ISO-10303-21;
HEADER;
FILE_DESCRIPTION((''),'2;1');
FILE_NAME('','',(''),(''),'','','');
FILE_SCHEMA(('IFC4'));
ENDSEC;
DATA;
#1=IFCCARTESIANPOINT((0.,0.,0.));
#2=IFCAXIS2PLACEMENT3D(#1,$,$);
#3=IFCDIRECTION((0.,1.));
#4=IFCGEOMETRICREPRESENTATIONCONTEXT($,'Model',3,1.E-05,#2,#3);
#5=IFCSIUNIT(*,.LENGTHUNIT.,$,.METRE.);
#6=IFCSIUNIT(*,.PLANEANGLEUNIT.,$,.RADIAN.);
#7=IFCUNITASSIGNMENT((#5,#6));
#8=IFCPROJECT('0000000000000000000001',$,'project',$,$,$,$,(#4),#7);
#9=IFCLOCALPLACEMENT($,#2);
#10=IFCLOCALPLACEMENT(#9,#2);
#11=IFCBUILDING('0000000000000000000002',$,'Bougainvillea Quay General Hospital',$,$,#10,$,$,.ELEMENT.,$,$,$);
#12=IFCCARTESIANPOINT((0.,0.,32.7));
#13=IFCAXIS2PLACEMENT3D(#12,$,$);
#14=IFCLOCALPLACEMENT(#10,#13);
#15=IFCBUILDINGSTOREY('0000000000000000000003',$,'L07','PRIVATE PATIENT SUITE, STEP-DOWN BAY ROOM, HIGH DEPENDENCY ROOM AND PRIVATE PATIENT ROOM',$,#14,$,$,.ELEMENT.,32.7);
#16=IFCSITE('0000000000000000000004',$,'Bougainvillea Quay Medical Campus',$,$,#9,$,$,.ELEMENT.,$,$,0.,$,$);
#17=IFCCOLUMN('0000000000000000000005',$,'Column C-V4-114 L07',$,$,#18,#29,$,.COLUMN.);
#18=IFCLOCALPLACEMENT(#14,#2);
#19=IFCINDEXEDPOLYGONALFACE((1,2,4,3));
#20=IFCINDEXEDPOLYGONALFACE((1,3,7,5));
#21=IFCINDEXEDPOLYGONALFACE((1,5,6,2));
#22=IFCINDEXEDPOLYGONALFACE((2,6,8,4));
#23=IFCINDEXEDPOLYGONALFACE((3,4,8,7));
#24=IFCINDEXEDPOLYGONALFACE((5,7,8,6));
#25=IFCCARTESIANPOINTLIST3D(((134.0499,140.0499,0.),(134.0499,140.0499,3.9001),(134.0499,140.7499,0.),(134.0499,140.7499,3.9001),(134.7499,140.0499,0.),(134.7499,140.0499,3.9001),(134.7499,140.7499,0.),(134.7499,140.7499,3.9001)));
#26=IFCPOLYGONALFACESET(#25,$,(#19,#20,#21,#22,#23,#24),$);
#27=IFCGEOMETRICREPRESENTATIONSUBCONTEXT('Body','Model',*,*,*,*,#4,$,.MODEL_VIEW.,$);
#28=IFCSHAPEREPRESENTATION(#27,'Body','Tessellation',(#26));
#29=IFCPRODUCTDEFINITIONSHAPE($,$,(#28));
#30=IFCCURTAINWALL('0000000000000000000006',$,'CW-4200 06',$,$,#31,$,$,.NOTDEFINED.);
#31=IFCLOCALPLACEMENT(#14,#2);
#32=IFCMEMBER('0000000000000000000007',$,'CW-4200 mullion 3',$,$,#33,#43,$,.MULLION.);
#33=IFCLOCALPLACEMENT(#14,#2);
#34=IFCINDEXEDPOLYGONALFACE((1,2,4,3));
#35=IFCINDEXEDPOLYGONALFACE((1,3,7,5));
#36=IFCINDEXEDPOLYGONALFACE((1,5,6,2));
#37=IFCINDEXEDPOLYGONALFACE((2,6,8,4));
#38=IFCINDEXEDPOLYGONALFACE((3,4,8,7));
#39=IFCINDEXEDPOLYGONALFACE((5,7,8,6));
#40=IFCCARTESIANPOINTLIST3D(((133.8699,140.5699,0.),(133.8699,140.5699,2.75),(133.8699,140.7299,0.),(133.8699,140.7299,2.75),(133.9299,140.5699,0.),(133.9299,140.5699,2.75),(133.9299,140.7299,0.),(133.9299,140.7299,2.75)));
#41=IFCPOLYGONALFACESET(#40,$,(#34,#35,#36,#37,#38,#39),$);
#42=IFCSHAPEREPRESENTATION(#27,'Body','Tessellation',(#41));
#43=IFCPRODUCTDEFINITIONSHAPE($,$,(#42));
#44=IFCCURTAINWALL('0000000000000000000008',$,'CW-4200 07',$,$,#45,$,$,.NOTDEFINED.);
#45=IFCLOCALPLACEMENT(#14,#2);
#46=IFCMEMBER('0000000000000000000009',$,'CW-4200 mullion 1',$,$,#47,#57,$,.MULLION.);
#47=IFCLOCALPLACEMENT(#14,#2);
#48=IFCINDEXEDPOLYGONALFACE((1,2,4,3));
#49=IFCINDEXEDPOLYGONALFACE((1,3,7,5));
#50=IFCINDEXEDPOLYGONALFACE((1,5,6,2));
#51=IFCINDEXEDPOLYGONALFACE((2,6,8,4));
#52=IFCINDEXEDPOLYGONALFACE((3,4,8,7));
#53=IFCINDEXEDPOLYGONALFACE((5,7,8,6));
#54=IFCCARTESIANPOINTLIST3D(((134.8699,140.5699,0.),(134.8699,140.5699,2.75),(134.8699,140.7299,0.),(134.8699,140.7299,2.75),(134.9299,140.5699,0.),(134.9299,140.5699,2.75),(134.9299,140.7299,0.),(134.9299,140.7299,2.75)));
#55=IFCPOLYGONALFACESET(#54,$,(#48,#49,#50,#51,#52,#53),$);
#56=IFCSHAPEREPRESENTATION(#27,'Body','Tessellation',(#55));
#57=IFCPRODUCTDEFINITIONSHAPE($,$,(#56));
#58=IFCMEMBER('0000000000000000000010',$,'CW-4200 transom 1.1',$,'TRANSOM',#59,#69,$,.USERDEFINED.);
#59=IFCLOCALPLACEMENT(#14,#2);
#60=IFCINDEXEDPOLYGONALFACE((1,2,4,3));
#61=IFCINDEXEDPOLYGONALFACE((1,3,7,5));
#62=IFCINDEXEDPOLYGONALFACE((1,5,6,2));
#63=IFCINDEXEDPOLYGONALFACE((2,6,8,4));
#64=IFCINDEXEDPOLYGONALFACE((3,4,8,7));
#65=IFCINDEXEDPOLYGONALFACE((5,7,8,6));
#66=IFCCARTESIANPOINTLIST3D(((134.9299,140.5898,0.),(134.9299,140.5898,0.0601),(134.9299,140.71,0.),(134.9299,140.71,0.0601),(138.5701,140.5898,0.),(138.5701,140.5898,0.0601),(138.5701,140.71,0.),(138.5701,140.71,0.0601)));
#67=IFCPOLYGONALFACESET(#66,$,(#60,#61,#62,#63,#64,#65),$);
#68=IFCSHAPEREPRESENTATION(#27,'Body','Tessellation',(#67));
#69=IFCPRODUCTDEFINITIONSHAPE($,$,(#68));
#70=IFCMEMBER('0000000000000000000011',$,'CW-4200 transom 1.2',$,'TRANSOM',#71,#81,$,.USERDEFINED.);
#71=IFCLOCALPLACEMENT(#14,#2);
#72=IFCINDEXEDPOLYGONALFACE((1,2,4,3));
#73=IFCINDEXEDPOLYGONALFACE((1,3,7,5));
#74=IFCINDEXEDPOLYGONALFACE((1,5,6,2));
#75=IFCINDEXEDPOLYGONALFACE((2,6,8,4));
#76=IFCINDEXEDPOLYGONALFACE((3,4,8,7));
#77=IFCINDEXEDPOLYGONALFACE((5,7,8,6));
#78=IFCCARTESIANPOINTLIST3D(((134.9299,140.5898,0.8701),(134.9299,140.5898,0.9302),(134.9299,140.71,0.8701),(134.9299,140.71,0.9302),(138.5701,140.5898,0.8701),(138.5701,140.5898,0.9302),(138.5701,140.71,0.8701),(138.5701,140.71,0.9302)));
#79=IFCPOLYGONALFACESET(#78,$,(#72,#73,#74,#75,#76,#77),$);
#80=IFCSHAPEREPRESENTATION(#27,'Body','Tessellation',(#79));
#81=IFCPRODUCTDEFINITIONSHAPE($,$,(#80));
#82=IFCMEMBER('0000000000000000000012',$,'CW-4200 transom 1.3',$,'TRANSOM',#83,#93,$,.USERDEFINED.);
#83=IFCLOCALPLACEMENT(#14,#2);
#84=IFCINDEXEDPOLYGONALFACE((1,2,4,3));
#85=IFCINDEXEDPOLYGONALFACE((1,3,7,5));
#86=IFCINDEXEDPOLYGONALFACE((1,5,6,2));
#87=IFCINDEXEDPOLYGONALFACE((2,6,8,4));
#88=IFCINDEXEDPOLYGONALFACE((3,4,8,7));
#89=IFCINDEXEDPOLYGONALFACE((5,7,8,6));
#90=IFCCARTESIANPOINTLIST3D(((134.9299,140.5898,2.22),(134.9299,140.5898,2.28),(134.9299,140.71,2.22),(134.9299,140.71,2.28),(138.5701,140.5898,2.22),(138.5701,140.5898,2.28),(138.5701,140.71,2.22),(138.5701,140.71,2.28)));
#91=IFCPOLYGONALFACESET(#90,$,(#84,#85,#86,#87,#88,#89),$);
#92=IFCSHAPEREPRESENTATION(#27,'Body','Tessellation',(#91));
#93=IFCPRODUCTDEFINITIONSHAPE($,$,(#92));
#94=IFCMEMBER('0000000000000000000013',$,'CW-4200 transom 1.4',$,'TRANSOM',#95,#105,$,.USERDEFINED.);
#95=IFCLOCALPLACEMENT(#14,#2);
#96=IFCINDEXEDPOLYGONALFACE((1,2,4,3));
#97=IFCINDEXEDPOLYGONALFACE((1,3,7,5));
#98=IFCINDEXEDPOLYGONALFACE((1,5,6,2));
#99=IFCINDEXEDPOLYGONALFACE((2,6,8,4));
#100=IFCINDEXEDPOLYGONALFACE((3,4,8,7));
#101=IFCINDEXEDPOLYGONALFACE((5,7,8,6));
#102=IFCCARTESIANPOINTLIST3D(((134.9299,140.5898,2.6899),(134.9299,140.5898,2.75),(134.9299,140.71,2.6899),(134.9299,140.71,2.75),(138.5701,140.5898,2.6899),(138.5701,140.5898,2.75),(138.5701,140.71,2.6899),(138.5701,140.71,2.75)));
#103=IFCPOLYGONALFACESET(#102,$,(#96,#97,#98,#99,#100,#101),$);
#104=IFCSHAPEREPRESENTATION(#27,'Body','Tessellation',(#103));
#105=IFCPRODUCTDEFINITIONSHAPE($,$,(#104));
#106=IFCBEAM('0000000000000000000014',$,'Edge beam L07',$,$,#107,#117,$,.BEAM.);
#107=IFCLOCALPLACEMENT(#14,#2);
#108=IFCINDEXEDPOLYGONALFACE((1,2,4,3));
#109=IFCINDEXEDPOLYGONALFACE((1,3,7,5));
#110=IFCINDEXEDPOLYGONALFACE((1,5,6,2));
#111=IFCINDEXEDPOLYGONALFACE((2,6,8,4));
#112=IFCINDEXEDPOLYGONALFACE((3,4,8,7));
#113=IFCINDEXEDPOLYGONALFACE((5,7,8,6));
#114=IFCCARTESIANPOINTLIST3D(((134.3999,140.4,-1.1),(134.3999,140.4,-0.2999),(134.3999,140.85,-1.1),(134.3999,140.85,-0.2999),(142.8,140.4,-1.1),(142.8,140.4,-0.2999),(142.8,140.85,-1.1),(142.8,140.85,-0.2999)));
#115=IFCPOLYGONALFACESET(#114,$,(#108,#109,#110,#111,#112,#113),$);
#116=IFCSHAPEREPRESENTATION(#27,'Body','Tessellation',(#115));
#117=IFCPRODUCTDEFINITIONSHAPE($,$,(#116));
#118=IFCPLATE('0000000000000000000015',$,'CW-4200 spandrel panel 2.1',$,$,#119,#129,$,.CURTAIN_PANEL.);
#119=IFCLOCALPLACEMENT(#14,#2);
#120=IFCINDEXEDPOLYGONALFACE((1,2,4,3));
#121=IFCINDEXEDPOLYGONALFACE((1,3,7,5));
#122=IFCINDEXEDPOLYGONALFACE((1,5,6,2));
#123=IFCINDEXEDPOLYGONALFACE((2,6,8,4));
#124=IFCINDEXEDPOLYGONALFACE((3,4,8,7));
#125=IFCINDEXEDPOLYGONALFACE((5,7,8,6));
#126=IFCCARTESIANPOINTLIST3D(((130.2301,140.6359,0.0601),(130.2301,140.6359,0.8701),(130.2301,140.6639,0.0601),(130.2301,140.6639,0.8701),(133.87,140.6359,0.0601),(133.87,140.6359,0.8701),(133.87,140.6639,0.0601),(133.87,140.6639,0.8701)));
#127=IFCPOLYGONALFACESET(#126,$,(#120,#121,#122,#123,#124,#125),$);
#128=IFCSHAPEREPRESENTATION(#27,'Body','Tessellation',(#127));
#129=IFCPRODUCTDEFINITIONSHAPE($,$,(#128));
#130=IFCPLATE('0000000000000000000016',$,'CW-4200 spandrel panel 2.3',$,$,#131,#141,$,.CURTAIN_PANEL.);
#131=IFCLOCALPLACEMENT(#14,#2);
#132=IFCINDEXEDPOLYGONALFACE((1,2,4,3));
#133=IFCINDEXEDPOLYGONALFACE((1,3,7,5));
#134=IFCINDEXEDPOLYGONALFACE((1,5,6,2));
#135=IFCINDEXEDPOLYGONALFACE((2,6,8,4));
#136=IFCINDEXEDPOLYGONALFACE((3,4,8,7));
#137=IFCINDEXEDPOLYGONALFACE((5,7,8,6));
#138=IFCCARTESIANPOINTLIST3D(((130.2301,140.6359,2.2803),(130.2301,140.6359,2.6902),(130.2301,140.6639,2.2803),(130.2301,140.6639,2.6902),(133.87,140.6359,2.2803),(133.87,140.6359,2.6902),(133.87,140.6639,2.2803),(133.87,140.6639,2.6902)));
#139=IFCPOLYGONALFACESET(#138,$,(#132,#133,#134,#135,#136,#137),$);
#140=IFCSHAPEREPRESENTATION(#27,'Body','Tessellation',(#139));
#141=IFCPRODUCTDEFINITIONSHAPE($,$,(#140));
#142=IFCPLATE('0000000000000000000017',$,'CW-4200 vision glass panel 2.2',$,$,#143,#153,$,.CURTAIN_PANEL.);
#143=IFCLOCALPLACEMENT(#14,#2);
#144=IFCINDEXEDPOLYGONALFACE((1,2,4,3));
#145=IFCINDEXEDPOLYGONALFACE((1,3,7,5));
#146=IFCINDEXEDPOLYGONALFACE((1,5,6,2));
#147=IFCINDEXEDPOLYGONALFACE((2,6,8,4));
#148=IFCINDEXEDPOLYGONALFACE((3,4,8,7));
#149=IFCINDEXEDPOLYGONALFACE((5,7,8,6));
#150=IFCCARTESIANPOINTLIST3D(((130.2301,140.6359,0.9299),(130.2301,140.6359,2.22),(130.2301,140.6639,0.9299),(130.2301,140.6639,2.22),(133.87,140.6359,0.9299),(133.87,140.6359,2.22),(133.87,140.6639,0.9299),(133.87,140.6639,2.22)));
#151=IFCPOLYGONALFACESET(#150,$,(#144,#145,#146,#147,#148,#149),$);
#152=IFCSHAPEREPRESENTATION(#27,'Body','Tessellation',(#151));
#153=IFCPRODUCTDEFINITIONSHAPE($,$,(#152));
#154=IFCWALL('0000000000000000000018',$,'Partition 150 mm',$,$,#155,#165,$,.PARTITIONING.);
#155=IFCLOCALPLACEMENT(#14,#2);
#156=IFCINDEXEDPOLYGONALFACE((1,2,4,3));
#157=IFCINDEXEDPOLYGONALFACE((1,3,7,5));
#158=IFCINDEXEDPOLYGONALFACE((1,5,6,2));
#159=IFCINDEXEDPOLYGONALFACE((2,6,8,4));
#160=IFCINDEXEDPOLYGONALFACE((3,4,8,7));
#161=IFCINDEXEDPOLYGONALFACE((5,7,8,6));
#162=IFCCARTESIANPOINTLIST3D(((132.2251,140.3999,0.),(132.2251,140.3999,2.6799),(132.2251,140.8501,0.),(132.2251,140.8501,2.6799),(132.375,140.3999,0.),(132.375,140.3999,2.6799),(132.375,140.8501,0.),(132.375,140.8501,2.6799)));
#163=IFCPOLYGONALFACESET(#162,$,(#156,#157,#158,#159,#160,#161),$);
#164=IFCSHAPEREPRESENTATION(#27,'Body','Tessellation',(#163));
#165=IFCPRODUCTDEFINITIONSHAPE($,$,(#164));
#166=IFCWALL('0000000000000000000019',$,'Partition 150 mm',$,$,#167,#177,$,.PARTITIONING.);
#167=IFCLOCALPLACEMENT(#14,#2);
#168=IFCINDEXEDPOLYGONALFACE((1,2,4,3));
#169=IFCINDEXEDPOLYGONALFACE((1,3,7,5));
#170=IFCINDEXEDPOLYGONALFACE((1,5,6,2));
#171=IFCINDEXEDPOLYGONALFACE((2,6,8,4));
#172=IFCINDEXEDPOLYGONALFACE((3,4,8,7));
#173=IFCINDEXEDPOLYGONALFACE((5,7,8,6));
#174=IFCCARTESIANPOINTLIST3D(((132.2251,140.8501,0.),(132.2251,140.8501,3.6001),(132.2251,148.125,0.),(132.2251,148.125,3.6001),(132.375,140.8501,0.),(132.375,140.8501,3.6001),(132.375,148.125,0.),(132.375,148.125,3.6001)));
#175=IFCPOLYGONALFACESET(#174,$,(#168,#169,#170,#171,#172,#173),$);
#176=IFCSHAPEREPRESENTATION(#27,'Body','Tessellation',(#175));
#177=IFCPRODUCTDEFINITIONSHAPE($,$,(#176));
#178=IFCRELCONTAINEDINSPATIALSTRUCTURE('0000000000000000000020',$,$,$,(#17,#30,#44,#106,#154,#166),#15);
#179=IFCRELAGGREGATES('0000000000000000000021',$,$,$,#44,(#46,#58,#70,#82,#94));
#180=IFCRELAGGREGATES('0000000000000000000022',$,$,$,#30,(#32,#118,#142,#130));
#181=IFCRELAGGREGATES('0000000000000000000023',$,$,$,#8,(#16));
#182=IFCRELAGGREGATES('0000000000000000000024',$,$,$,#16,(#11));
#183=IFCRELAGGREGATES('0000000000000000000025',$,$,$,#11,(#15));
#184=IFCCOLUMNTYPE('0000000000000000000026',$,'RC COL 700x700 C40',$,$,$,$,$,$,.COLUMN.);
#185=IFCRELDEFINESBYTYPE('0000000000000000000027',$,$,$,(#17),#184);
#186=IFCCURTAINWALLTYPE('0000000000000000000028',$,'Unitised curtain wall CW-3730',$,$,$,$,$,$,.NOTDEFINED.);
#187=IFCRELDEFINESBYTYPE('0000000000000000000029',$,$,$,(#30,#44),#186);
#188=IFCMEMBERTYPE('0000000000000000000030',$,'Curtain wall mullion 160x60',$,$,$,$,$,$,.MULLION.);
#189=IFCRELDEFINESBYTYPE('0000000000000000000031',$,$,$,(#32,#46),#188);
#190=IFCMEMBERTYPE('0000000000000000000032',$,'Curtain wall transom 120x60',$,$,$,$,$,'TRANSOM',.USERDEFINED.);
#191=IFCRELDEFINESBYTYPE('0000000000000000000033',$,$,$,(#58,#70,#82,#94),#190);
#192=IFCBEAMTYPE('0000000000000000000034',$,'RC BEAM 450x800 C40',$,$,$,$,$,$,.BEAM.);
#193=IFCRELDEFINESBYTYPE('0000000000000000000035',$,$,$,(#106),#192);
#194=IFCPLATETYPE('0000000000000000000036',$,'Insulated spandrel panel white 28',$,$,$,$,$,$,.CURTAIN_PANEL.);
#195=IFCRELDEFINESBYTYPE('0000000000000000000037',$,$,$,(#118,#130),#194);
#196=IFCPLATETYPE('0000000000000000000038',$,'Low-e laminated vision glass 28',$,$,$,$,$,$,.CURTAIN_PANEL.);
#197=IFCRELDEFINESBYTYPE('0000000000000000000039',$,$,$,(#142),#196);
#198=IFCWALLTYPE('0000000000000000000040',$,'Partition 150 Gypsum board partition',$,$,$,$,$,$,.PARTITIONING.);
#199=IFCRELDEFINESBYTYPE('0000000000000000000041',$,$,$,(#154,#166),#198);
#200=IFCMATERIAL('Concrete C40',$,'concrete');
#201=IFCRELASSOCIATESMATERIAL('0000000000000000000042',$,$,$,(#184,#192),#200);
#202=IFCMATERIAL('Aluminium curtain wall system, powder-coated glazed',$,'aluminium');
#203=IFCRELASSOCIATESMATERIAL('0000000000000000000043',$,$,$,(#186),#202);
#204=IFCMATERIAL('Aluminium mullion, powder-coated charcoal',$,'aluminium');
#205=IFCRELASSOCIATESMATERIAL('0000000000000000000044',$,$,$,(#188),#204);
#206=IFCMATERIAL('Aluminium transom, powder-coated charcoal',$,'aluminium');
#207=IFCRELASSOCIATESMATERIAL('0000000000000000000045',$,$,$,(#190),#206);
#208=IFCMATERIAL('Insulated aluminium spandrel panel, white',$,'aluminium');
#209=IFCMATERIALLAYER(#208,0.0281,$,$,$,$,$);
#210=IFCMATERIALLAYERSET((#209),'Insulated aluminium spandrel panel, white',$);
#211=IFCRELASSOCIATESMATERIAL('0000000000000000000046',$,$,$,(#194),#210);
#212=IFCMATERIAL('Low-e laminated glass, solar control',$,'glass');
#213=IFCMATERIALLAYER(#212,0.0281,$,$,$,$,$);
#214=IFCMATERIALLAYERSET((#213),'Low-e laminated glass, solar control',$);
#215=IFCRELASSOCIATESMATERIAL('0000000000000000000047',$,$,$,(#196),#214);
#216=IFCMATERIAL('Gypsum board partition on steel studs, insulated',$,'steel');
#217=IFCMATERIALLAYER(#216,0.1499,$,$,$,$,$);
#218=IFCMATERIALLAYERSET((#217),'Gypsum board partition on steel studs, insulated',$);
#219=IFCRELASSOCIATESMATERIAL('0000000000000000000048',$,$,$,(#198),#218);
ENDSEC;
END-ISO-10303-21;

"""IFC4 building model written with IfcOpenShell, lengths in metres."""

from ifc_helpers import new_model, si_unit, direction, frame, frame_2d, origin, origin_2d, place, context, subcontext, project, spatial, rectangle, extrude, material, layer, layer_set, material_profile, profile_set, type_object, element, aggregate, save


model = new_model("IFC4")

# Units and contexts
model_context = context("Model", 3, precision=1e-05, world=origin(), true_north=direction((0.0, 1.0)))
body_context = subcontext(model_context, "Body", "Model", "MODEL_VIEW")
ifc_project = project(units=[si_unit("LENGTHUNIT", "METRE"), si_unit("PLANEANGLEUNIT", "RADIAN")], contexts=[model_context])

# Site, building, storey
site_placement = place(None, origin())
site = spatial("IfcSite", under=ifc_project, at=site_placement, Name="Bougainvillea Quay Medical Campus", CompositionType="ELEMENT", RefElevation=0.0)
building_placement = place(site_placement, origin())
building = spatial("IfcBuilding", under=site, at=building_placement, Name="Bougainvillea Quay General Hospital", CompositionType="ELEMENT")
storey_placement = place(building_placement, frame((0.0, 0.0, 32.7)))
storey = spatial("IfcBuildingStorey", under=building, at=storey_placement, Name="L07", Description="PRIVATE PATIENT SUITE, STEP-DOWN BAY ROOM, HIGH DEPENDENCY ROOM AND PRIVATE PATIENT ROOM", CompositionType="ELEMENT", Elevation=32.7)

# Column
ifc_material_1 = material(Name="Concrete C40", Category="concrete")
ifc_material_profile_1 = material_profile(ifc_material_1, rectangle(XDim=0.7, YDim=0.7, at=origin_2d()))
ifc_profile_set_1 = profile_set([ifc_material_profile_1], Name="Concrete C40")
column_type = type_object("IfcColumnType", Name="RC COL 700x700 C40", PredefinedType="COLUMN", material=ifc_profile_set_1)
column_placement = place(storey_placement, frame((134.3999, 140.3999, 0.0), z_axis=(0.0, 0.0, 1.0), x_axis=(1.0, 0.0, 0.0)))
element("IfcColumn", 1, at=column_placement, inside=storey, type_object=column_type, Name="Column C-V4-114 L07", PredefinedType="COLUMN", context=body_context, shape_type="SweptSolid", body=[
    extrude(rectangle(XDim=0.7, YDim=0.7, at=origin_2d()), origin(), (0.0, 0.0, 1.0), 3.9001),
])

# Curtain wall, member
ifc_material_2 = material(Name="Aluminium curtain wall system, powder-coated glazed", Category="aluminium")
curtain_wall_type = type_object("IfcCurtainWallType", Name="Unitised curtain wall CW-3730", PredefinedType="NOTDEFINED", material=ifc_material_2)
curtain_wall_1_placement = place(storey_placement, origin())
curtain_wall_1 = element("IfcCurtainWall", 2, at=curtain_wall_1_placement, inside=storey, type_object=curtain_wall_type, Name="CW-4200 06", PredefinedType="NOTDEFINED")
ifc_material_3 = material(Name="Aluminium mullion, powder-coated charcoal", Category="aluminium")
ifc_material_profile_2 = material_profile(ifc_material_3, rectangle(XDim=0.1599, YDim=0.0601, at=origin_2d()))
ifc_profile_set_2 = profile_set([ifc_material_profile_2], Name="Aluminium mullion, powder-coated charcoal")
member_type_1 = type_object("IfcMemberType", Name="Curtain wall mullion 160x60", PredefinedType="MULLION", material=ifc_profile_set_2)
member_1_placement = place(storey_placement, frame((133.8999, 140.6499, 0.0), z_axis=(0.0, 0.0, 1.0), x_axis=(0.0, 1.0, 0.0)))
member_1 = element("IfcMember", 3, at=member_1_placement, type_object=member_type_1, Name="CW-4200 mullion 3", PredefinedType="MULLION", context=body_context, shape_type="SweptSolid", body=[
    extrude(rectangle(XDim=0.1599, YDim=0.0601, at=origin_2d()), origin(), (0.0, 0.0, 1.0), 2.75),
])

# Curtain wall, members
curtain_wall_2_placement = place(storey_placement, origin())
curtain_wall_2 = element("IfcCurtainWall", 4, at=curtain_wall_2_placement, inside=storey, type_object=curtain_wall_type, Name="CW-4200 07", PredefinedType="NOTDEFINED")
member_2_placement = place(storey_placement, frame((134.8999, 140.6499, 0.0), z_axis=(0.0, 0.0, 1.0), x_axis=(0.0, 1.0, 0.0)))
member_2 = element("IfcMember", 5, at=member_2_placement, type_object=member_type_1, Name="CW-4200 mullion 1", PredefinedType="MULLION", context=body_context, shape_type="SweptSolid", body=[
    extrude(rectangle(XDim=0.1599, YDim=0.0601, at=origin_2d()), origin(), (0.0, 0.0, 1.0), 2.75),
])
ifc_material_4 = material(Name="Aluminium transom, powder-coated charcoal", Category="aluminium")
ifc_material_profile_3 = material_profile(ifc_material_4, rectangle(XDim=0.1201, YDim=0.0601, at=origin_2d()))
ifc_profile_set_3 = profile_set([ifc_material_profile_3], Name="Aluminium transom, powder-coated charcoal")
member_type_2 = type_object("IfcMemberType", Name="Curtain wall transom 120x60", ElementType="TRANSOM", PredefinedType="USERDEFINED", material=ifc_profile_set_3)
member_3_placement = place(storey_placement, frame((134.9299, 140.6499, 0.03), z_axis=(1.0, 0.0, 0.0), x_axis=(0.0, 1.0, 0.0)))
member_3 = element("IfcMember", 6, at=member_3_placement, type_object=member_type_2, Name="CW-4200 transom 1.1", ObjectType="TRANSOM", PredefinedType="USERDEFINED", context=body_context, shape_type="SweptSolid", body=[
    extrude(rectangle(XDim=0.1201, YDim=0.0601, at=origin_2d()), origin(), (0.0, 0.0, 1.0), 3.6401),
])
member_4_placement = place(storey_placement, frame((134.9299, 140.6499, 0.9001), z_axis=(1.0, 0.0, 0.0), x_axis=(0.0, 1.0, 0.0)))
member_4 = element("IfcMember", 7, at=member_4_placement, type_object=member_type_2, Name="CW-4200 transom 1.2", ObjectType="TRANSOM", PredefinedType="USERDEFINED", context=body_context, shape_type="SweptSolid", body=[
    extrude(rectangle(XDim=0.1201, YDim=0.0601, at=origin_2d()), origin(), (0.0, 0.0, 1.0), 3.6401),
])
member_5_placement = place(storey_placement, frame((134.9299, 140.6499, 2.25), z_axis=(1.0, 0.0, 0.0), x_axis=(0.0, 1.0, 0.0)))
member_5 = element("IfcMember", 8, at=member_5_placement, type_object=member_type_2, Name="CW-4200 transom 1.3", ObjectType="TRANSOM", PredefinedType="USERDEFINED", context=body_context, shape_type="SweptSolid", body=[
    extrude(rectangle(XDim=0.1201, YDim=0.0601, at=origin_2d()), origin(), (0.0, 0.0, 1.0), 3.6401),
])
member_6_placement = place(storey_placement, frame((134.9299, 140.6499, 2.72), z_axis=(1.0, 0.0, 0.0), x_axis=(0.0, 1.0, 0.0)))
member_6 = element("IfcMember", 9, at=member_6_placement, type_object=member_type_2, Name="CW-4200 transom 1.4", ObjectType="TRANSOM", PredefinedType="USERDEFINED", context=body_context, shape_type="SweptSolid", body=[
    extrude(rectangle(XDim=0.1201, YDim=0.0601, at=origin_2d()), origin(), (0.0, 0.0, 1.0), 3.6401),
])
aggregate(curtain_wall_2, [member_2, member_3, member_4, member_5, member_6])

# Beam
ifc_material_profile_4 = material_profile(ifc_material_1, rectangle(XDim=0.45, YDim=0.8, at=origin_2d()))
ifc_profile_set_4 = profile_set([ifc_material_profile_4], Name="Concrete C40")
beam_type = type_object("IfcBeamType", Name="RC BEAM 450x800 C40", PredefinedType="BEAM", material=ifc_profile_set_4)
beam_placement = place(storey_placement, frame((134.3999, 140.625, -0.7), z_axis=(1.0, 0.0, 0.0), x_axis=(0.0, 1.0, 0.0)))
element("IfcBeam", 10, at=beam_placement, inside=storey, type_object=beam_type, Name="Edge beam L07", PredefinedType="BEAM", context=body_context, shape_type="SweptSolid", body=[
    extrude(rectangle(XDim=0.45, YDim=0.8, at=origin_2d()), origin(), (0.0, 0.0, 1.0), 8.4001),
])

# Plates
ifc_material_5 = material(Name="Insulated aluminium spandrel panel, white", Category="aluminium")
ifc_layer_1 = layer(ifc_material_5, 0.0281)
ifc_layer_set_1 = layer_set([ifc_layer_1], Name="Insulated aluminium spandrel panel, white")
plate_type_1 = type_object("IfcPlateType", Name="Insulated spandrel panel white 28", PredefinedType="CURTAIN_PANEL", material=ifc_layer_set_1)
plate_1_placement = place(storey_placement, frame((132.05, 140.6499, 0.0601), z_axis=(0.0, 0.0, 1.0), x_axis=(1.0, 0.0, 0.0)))
plate_1 = element("IfcPlate", 11, at=plate_1_placement, type_object=plate_type_1, Name="CW-4200 spandrel panel 2.1", PredefinedType="CURTAIN_PANEL", context=body_context, shape_type="SweptSolid", body=[
    extrude(rectangle(XDim=3.6399, YDim=0.0281, at=origin_2d()), origin(), (0.0, 0.0, 1.0), 0.8101),
])
plate_2_placement = place(storey_placement, frame((132.05, 140.6499, 2.2803), z_axis=(0.0, 0.0, 1.0), x_axis=(1.0, 0.0, 0.0)))
plate_2 = element("IfcPlate", 12, at=plate_2_placement, type_object=plate_type_1, Name="CW-4200 spandrel panel 2.3", PredefinedType="CURTAIN_PANEL", context=body_context, shape_type="SweptSolid", body=[
    extrude(rectangle(XDim=3.6399, YDim=0.0281, at=origin_2d()), origin(), (0.0, 0.0, 1.0), 0.4099),
])
ifc_material_6 = material(Name="Low-e laminated glass, solar control", Category="glass")
ifc_layer_2 = layer(ifc_material_6, 0.0281)
ifc_layer_set_2 = layer_set([ifc_layer_2], Name="Low-e laminated glass, solar control")
plate_type_2 = type_object("IfcPlateType", Name="Low-e laminated vision glass 28", PredefinedType="CURTAIN_PANEL", material=ifc_layer_set_2)
plate_3_placement = place(storey_placement, frame((132.05, 140.6499, 0.9299), z_axis=(0.0, 0.0, 1.0), x_axis=(1.0, 0.0, 0.0)))
plate_3 = element("IfcPlate", 13, at=plate_3_placement, type_object=plate_type_2, Name="CW-4200 vision glass panel 2.2", PredefinedType="CURTAIN_PANEL", context=body_context, shape_type="SweptSolid", body=[
    extrude(rectangle(XDim=3.6399, YDim=0.0281, at=origin_2d()), origin(), (0.0, 0.0, 1.0), 1.29),
])
aggregate(curtain_wall_1, [member_1, plate_1, plate_3, plate_2])

# Walls
ifc_material_7 = material(Name="Gypsum board partition on steel studs, insulated", Category="steel")
ifc_layer_3 = layer(ifc_material_7, 0.1499)
ifc_layer_set_3 = layer_set([ifc_layer_3], Name="Gypsum board partition on steel studs, insulated")
wall_type = type_object("IfcWallType", Name="Partition 150 Gypsum board partition", PredefinedType="PARTITIONING", material=ifc_layer_set_3)
wall_1_placement = place(storey_placement, frame((132.3, 140.3999, 0.0), z_axis=(0.0, 0.0, 1.0), x_axis=(0.0, 1.0, 0.0)))
element("IfcWall", 14, at=wall_1_placement, inside=storey, type_object=wall_type, Name="Partition 150 mm", PredefinedType="PARTITIONING", context=body_context, shape_type="SweptSolid", body=[
    extrude(rectangle(XDim=0.4502, YDim=0.1499, at=frame_2d((0.2251, 0.0))), origin(), (0.0, 0.0, 1.0), 2.6799),
])
wall_2_placement = place(storey_placement, frame((132.3, 140.8501, 0.0), z_axis=(0.0, 0.0, 1.0), x_axis=(0.0, 1.0, 0.0)))
element("IfcWall", 15, at=wall_2_placement, inside=storey, type_object=wall_type, Name="Partition 150 mm", PredefinedType="PARTITIONING", context=body_context, shape_type="SweptSolid", body=[
    extrude(rectangle(XDim=7.2749, YDim=0.1499, at=frame_2d((3.6375, 0.0))), origin(), (0.0, 0.0, 1.0), 3.6001),
])

save(model, "model.ifc")
